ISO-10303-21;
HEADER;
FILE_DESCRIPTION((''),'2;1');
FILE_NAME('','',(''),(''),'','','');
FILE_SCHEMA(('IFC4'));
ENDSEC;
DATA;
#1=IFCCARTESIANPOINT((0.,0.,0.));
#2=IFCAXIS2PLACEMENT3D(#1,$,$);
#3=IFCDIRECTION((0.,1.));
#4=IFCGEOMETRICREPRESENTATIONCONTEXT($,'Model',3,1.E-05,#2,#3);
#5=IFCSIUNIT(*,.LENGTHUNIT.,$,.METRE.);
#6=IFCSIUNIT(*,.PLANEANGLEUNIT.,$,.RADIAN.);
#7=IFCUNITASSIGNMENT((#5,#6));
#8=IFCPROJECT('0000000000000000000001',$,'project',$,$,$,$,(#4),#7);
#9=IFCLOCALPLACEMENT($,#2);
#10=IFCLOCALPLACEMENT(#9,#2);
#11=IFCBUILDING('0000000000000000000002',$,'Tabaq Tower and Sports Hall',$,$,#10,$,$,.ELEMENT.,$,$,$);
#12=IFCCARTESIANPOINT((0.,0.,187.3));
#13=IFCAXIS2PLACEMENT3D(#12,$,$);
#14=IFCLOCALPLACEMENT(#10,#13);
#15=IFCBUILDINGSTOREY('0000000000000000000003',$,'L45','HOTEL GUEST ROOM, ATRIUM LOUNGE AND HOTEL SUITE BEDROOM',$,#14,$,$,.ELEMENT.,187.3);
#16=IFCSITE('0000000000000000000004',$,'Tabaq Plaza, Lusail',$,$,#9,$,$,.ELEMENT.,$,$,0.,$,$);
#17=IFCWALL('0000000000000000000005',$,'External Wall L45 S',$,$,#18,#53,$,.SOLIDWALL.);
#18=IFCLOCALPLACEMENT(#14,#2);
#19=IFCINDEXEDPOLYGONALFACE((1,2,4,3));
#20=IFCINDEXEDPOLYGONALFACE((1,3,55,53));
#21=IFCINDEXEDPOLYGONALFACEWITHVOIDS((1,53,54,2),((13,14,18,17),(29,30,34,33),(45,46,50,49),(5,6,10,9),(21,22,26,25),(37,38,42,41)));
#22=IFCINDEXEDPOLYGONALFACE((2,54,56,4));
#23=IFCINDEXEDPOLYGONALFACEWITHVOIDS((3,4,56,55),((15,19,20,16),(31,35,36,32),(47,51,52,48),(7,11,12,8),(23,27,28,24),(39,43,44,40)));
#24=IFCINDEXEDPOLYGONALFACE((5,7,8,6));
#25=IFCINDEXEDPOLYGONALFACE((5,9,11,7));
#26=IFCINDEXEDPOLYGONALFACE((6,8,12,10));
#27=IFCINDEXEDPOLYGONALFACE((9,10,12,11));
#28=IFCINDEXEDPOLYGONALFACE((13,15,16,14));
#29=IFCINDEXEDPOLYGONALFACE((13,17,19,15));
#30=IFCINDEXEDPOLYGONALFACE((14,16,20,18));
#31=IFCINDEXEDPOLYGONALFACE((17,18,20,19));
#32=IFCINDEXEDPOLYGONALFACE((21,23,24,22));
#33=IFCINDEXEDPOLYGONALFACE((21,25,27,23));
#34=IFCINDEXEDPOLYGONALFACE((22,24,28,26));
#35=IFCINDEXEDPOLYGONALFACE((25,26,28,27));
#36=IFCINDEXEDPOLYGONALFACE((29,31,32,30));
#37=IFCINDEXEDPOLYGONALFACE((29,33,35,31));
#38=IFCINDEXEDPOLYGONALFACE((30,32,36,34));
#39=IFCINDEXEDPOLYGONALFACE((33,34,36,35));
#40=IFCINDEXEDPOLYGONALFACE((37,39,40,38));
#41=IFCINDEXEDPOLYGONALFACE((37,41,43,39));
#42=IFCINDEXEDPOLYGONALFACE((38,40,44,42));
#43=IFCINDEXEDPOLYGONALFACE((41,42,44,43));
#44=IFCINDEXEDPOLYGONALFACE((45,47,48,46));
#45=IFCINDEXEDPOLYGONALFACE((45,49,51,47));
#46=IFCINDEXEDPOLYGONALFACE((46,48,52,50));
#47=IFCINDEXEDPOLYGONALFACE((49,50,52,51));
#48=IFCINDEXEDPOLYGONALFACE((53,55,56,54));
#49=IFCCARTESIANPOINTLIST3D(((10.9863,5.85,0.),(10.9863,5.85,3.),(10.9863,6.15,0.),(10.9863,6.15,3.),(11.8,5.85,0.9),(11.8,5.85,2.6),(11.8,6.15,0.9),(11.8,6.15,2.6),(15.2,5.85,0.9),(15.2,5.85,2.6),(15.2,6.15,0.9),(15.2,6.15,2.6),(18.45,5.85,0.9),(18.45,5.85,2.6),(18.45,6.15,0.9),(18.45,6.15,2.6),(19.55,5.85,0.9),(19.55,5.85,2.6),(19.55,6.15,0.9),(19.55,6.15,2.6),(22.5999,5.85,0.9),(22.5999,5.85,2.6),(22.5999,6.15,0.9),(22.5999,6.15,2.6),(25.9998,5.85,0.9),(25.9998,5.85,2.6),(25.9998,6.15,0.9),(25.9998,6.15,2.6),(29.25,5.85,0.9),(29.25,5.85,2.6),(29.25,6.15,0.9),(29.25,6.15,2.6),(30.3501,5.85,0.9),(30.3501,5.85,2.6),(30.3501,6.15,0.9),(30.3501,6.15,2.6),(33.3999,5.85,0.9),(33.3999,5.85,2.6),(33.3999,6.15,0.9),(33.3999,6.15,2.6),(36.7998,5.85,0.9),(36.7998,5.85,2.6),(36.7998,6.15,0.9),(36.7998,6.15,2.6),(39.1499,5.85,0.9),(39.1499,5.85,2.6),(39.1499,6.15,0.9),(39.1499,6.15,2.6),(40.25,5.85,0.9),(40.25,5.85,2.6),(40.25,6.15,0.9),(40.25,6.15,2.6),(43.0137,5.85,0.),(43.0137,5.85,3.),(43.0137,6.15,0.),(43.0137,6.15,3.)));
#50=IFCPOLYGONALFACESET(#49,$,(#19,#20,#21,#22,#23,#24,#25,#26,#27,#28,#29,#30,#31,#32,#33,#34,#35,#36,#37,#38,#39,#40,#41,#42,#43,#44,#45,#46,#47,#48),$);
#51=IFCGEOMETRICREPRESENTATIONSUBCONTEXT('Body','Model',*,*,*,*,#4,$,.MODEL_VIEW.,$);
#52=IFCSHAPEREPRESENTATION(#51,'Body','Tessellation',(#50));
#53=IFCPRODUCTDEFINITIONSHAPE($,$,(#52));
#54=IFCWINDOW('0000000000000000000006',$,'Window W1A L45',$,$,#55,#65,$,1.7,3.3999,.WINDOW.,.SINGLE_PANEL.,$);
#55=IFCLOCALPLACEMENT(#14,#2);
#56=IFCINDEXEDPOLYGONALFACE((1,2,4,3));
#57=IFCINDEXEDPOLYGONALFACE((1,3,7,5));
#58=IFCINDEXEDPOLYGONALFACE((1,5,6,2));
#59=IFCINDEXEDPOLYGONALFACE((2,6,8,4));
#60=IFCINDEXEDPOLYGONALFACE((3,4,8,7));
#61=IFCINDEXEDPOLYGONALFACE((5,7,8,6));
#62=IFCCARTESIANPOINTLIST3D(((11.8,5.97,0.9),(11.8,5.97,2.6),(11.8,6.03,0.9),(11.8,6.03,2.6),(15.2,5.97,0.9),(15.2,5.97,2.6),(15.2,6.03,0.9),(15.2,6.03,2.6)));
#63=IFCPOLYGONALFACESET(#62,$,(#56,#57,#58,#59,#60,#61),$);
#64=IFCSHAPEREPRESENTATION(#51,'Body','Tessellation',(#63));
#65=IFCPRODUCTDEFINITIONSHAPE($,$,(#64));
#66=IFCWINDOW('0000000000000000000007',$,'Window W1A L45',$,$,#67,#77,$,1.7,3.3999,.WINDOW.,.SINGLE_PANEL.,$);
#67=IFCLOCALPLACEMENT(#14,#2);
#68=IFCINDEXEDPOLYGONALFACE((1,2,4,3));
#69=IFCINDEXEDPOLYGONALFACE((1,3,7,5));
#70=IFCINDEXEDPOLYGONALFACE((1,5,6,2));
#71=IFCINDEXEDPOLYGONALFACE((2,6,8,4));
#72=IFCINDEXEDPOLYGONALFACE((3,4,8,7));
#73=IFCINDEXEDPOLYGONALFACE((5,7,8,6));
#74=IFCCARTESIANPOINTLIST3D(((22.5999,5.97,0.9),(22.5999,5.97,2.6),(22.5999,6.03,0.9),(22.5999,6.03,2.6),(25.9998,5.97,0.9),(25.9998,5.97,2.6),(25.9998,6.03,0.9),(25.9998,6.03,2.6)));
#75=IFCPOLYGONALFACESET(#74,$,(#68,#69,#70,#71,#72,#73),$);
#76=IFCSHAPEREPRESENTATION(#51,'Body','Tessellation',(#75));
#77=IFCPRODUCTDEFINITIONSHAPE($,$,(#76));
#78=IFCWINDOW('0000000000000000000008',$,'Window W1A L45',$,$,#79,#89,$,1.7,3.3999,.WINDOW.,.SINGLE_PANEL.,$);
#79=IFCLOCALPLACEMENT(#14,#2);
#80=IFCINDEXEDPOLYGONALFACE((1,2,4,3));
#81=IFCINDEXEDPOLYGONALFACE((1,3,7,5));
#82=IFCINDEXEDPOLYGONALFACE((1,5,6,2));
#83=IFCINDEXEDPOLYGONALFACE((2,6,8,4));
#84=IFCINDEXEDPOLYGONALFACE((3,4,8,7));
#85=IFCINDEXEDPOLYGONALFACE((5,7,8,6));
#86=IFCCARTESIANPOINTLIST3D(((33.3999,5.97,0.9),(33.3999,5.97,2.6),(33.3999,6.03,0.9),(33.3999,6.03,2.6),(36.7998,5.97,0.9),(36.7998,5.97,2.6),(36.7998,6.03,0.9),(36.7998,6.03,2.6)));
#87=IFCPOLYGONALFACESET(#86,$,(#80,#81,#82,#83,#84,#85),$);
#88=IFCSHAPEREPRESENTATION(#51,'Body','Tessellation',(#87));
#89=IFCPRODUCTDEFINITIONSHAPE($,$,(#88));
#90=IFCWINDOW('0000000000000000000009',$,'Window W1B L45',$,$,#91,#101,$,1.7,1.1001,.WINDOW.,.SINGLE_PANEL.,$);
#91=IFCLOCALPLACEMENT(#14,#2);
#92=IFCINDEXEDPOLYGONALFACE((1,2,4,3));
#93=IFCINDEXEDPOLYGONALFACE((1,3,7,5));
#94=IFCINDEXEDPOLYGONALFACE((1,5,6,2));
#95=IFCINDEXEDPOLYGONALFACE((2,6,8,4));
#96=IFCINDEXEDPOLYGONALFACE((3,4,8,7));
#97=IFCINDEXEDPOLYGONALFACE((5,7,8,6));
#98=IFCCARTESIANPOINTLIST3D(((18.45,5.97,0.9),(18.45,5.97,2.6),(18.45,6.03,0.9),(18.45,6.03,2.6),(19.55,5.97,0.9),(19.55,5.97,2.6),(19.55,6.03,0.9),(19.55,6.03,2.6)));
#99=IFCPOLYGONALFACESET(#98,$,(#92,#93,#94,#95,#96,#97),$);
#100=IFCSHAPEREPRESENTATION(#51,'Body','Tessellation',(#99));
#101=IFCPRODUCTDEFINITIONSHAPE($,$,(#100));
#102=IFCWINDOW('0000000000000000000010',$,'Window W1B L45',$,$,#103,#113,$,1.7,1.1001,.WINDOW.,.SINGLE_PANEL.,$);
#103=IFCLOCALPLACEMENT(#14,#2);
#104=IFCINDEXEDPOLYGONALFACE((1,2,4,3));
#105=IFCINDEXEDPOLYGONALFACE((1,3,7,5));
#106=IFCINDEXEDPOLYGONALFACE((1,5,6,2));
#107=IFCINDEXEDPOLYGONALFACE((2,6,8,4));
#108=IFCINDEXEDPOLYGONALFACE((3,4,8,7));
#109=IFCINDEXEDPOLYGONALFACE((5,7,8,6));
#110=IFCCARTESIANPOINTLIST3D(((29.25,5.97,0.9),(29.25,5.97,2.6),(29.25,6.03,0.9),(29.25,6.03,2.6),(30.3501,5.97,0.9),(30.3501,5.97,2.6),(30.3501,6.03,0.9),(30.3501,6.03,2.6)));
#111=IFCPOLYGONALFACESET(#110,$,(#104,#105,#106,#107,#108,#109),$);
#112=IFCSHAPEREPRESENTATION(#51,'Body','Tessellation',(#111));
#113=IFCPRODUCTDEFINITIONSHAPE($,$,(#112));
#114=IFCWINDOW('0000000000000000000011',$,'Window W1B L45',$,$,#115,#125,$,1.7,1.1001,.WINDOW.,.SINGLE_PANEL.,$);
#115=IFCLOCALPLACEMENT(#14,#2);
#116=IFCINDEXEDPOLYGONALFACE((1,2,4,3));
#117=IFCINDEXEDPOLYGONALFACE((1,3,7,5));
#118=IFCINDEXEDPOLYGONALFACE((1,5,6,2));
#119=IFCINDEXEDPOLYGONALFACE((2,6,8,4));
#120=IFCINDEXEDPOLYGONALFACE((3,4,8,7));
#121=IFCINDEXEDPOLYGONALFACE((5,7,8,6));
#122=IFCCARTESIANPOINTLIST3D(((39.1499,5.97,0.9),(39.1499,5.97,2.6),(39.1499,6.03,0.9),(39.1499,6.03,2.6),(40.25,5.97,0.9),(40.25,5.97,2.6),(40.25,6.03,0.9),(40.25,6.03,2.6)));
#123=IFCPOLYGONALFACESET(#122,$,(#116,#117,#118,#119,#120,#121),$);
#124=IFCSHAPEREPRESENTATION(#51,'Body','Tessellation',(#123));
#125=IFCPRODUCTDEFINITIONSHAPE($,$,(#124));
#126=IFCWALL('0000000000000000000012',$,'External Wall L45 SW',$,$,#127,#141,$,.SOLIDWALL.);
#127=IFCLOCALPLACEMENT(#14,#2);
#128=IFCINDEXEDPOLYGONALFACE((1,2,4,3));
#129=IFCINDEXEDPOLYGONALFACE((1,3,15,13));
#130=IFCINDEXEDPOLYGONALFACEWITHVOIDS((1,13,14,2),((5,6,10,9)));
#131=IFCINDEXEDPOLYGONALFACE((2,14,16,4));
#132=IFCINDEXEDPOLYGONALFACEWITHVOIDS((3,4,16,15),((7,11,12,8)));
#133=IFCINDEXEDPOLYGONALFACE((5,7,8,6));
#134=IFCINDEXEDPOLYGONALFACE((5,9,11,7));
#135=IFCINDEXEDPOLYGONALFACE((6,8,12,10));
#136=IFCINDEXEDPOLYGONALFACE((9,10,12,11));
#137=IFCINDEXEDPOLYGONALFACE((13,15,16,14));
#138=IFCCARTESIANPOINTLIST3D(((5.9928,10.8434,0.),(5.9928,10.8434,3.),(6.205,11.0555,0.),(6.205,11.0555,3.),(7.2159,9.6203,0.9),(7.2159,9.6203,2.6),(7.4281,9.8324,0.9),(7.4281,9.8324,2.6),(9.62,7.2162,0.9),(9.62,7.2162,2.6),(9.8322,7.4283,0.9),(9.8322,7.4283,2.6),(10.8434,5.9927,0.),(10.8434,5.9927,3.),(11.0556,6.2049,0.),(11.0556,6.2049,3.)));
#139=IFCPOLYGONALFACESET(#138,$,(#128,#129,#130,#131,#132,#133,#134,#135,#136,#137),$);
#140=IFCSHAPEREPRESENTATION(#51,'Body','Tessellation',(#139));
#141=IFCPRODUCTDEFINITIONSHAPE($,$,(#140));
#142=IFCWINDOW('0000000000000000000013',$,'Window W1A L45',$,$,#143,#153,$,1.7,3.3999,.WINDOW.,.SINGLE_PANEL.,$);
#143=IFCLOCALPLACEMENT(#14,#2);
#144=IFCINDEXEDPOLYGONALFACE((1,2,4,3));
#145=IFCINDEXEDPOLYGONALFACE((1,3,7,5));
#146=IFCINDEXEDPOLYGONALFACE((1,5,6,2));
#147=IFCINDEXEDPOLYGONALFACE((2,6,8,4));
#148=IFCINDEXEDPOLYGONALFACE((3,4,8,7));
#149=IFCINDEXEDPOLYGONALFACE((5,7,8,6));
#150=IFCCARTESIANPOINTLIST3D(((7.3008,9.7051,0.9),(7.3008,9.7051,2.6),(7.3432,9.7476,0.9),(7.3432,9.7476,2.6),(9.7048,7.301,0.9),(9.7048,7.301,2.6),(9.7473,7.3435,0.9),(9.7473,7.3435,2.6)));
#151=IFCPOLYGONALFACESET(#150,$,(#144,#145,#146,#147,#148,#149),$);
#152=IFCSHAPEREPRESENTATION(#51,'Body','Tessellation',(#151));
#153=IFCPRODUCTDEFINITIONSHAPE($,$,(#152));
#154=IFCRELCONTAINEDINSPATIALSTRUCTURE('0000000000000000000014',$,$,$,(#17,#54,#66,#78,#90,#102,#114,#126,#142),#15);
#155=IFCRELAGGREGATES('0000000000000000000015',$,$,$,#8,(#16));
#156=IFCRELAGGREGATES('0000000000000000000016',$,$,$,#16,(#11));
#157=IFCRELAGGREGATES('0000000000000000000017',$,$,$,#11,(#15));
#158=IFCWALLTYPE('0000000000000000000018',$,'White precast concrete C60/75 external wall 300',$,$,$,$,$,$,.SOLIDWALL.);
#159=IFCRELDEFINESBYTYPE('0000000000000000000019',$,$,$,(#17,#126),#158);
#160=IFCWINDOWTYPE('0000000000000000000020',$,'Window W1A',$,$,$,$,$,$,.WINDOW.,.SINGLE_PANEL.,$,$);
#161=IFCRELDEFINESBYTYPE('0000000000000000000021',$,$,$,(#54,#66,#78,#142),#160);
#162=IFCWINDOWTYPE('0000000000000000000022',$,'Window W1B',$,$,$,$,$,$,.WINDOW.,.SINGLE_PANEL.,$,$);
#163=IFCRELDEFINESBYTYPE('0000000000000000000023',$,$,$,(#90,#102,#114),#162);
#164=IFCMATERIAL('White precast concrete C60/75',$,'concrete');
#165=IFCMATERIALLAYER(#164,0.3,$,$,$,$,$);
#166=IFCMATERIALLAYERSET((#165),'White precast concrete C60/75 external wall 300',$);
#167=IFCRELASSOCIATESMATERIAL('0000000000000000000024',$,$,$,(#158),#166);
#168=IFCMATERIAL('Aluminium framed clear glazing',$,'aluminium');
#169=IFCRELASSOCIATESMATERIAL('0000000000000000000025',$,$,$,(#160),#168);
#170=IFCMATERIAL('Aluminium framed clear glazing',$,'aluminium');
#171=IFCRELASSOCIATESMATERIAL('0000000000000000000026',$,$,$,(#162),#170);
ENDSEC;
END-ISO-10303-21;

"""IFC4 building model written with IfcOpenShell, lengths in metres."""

from ifc_helpers import new_model, si_unit, direction, frame, frame_2d, origin, place, context, subcontext, project, spatial, rectangle, extrude, material, layer, layer_set, type_object, element, fill, save


model = new_model("IFC4")

# Units and contexts
model_context = context("Model", 3, precision=1e-05, world=origin(), true_north=direction((0.0, 1.0)))
body_context = subcontext(model_context, "Body", "Model", "MODEL_VIEW")
ifc_project = project(units=[si_unit("LENGTHUNIT", "METRE"), si_unit("PLANEANGLEUNIT", "RADIAN")], contexts=[model_context])

# Site, building, storey
site_placement = place(None, origin())
site = spatial("IfcSite", under=ifc_project, at=site_placement, Name="Tabaq Plaza, Lusail", CompositionType="ELEMENT", RefElevation=0.0)
building_placement = place(site_placement, origin())
building = spatial("IfcBuilding", under=site, at=building_placement, Name="Tabaq Tower and Sports Hall", CompositionType="ELEMENT")
storey_placement = place(building_placement, frame((0.0, 0.0, 187.3)))
storey = spatial("IfcBuildingStorey", under=building, at=storey_placement, Name="L45", Description="HOTEL GUEST ROOM, ATRIUM LOUNGE AND HOTEL SUITE BEDROOM", CompositionType="ELEMENT", Elevation=187.3)

# Wall, openings, windows
ifc_material_1 = material(Name="White precast concrete C60/75", Category="concrete")
ifc_layer_1 = layer(ifc_material_1, 0.3)
ifc_layer_set_1 = layer_set([ifc_layer_1], Name="White precast concrete C60/75 external wall 300")
wall_type_1 = type_object("IfcWallType", Name="White precast concrete C60/75 external wall 300", PredefinedType="SOLIDWALL", material=ifc_layer_set_1)
wall_1_placement = place(storey_placement, frame((10.9863, 6.0, 0.0), z_axis=(0.0, 0.0, 1.0), x_axis=(1.0, 0.0, 0.0)))
wall_1 = element("IfcWall", 1, at=wall_1_placement, inside=storey, type_object=wall_type_1, Name="External Wall L45 S", PredefinedType="SOLIDWALL", context=body_context, shape_type="SweptSolid", body=[
    extrude(rectangle(XDim=32.0273, YDim=0.3, at=frame_2d((16.0137, 0.0))), origin(), (0.0, 0.0, 1.0), 3.0),
])
opening_1_placement = place(wall_1_placement, frame((0.8137, 0.0, 0.8999)))
opening_1 = element("IfcOpeningElement", 2, at=opening_1_placement, cuts=wall_1, PredefinedType="OPENING", context=body_context, shape_type="SweptSolid", body=[
    extrude(rectangle(XDim=3.3999, YDim=1.7, at=frame_2d((1.7, 0.8501))), frame((0.0, 0.1602, 0.0), z_axis=(0.0, -1.0, 0.0), x_axis=(1.0, 0.0, 0.0)), (0.0, 0.0, 1.0), 0.3201),
])
opening_2_placement = place(wall_1_placement, frame((7.4636, 0.0, 0.8999)))
opening_2 = element("IfcOpeningElement", 3, at=opening_2_placement, cuts=wall_1, PredefinedType="OPENING", context=body_context, shape_type="SweptSolid", body=[
    extrude(rectangle(XDim=1.1001, YDim=1.7, at=frame_2d((0.55, 0.8501))), frame((0.0, 0.1602, 0.0), z_axis=(0.0, -1.0, 0.0), x_axis=(1.0, 0.0, 0.0)), (0.0, 0.0, 1.0), 0.3201),
])
opening_3_placement = place(wall_1_placement, frame((11.6135, 0.0, 0.8999)))
opening_3 = element("IfcOpeningElement", 4, at=opening_3_placement, cuts=wall_1, PredefinedType="OPENING", context=body_context, shape_type="SweptSolid", body=[
    extrude(rectangle(XDim=3.3999, YDim=1.7, at=frame_2d((1.7, 0.8501))), frame((0.0, 0.1602, 0.0), z_axis=(0.0, -1.0, 0.0), x_axis=(1.0, 0.0, 0.0)), (0.0, 0.0, 1.0), 0.3201),
])
opening_4_placement = place(wall_1_placement, frame((18.2637, 0.0, 0.8999)))
opening_4 = element("IfcOpeningElement", 5, at=opening_4_placement, cuts=wall_1, PredefinedType="OPENING", context=body_context, shape_type="SweptSolid", body=[
    extrude(rectangle(XDim=1.1001, YDim=1.7, at=frame_2d((0.55, 0.8501))), frame((0.0, 0.1602, 0.0), z_axis=(0.0, -1.0, 0.0), x_axis=(1.0, 0.0, 0.0)), (0.0, 0.0, 1.0), 0.3201),
])
opening_5_placement = place(wall_1_placement, frame((22.4136, 0.0, 0.8999)))
opening_5 = element("IfcOpeningElement", 6, at=opening_5_placement, cuts=wall_1, PredefinedType="OPENING", context=body_context, shape_type="SweptSolid", body=[
    extrude(rectangle(XDim=3.3999, YDim=1.7, at=frame_2d((1.7, 0.8501))), frame((0.0, 0.1602, 0.0), z_axis=(0.0, -1.0, 0.0), x_axis=(1.0, 0.0, 0.0)), (0.0, 0.0, 1.0), 0.3201),
])
opening_6_placement = place(wall_1_placement, frame((28.1636, 0.0, 0.8999)))
opening_6 = element("IfcOpeningElement", 7, at=opening_6_placement, cuts=wall_1, PredefinedType="OPENING", context=body_context, shape_type="SweptSolid", body=[
    extrude(rectangle(XDim=1.1001, YDim=1.7, at=frame_2d((0.55, 0.8501))), frame((0.0, 0.1602, 0.0), z_axis=(0.0, -1.0, 0.0), x_axis=(1.0, 0.0, 0.0)), (0.0, 0.0, 1.0), 0.3201),
])
ifc_material_2 = material(Name="Aluminium framed clear glazing", Category="aluminium")
window_type_1 = type_object("IfcWindowType", Name="Window W1A", PartitioningType="SINGLE_PANEL", PredefinedType="WINDOW", material=ifc_material_2)
window_1_placement = place(opening_1_placement, origin())
window_1 = element("IfcWindow", 8, at=window_1_placement, inside=storey, type_object=window_type_1, Name="Window W1A L45", OverallHeight=1.7, OverallWidth=3.3999, PartitioningType="SINGLE_PANEL", PredefinedType="WINDOW", context=body_context, shape_type="SweptSolid", body=[
    extrude(rectangle(XDim=3.3999, YDim=1.7, at=frame_2d((1.7, 0.8501))), frame((0.0, 0.03, 0.0), z_axis=(0.0, -1.0, 0.0), x_axis=(1.0, 0.0, 0.0)), (0.0, 0.0, 1.0), 0.0601),
])
fill(opening_1, window_1)
window_2_placement = place(opening_3_placement, origin())
window_2 = element("IfcWindow", 9, at=window_2_placement, inside=storey, type_object=window_type_1, Name="Window W1A L45", OverallHeight=1.7, OverallWidth=3.3999, PartitioningType="SINGLE_PANEL", PredefinedType="WINDOW", context=body_context, shape_type="SweptSolid", body=[
    extrude(rectangle(XDim=3.3999, YDim=1.7, at=frame_2d((1.7, 0.8501))), frame((0.0, 0.03, 0.0), z_axis=(0.0, -1.0, 0.0), x_axis=(1.0, 0.0, 0.0)), (0.0, 0.0, 1.0), 0.0601),
])
fill(opening_3, window_2)
window_3_placement = place(opening_5_placement, origin())
window_3 = element("IfcWindow", 10, at=window_3_placement, inside=storey, type_object=window_type_1, Name="Window W1A L45", OverallHeight=1.7, OverallWidth=3.3999, PartitioningType="SINGLE_PANEL", PredefinedType="WINDOW", context=body_context, shape_type="SweptSolid", body=[
    extrude(rectangle(XDim=3.3999, YDim=1.7, at=frame_2d((1.7, 0.8501))), frame((0.0, 0.03, 0.0), z_axis=(0.0, -1.0, 0.0), x_axis=(1.0, 0.0, 0.0)), (0.0, 0.0, 1.0), 0.0601),
])
fill(opening_5, window_3)
ifc_material_3 = material(Name="Aluminium framed clear glazing", Category="aluminium")
window_type_2 = type_object("IfcWindowType", Name="Window W1B", PartitioningType="SINGLE_PANEL", PredefinedType="WINDOW", material=ifc_material_3)
window_4_placement = place(opening_2_placement, origin())
window_4 = element("IfcWindow", 11, at=window_4_placement, inside=storey, type_object=window_type_2, Name="Window W1B L45", OverallHeight=1.7, OverallWidth=1.1001, PartitioningType="SINGLE_PANEL", PredefinedType="WINDOW", context=body_context, shape_type="SweptSolid", body=[
    extrude(rectangle(XDim=1.1001, YDim=1.7, at=frame_2d((0.55, 0.8501))), frame((0.0, 0.03, 0.0), z_axis=(0.0, -1.0, 0.0), x_axis=(1.0, 0.0, 0.0)), (0.0, 0.0, 1.0), 0.0601),
])
fill(opening_2, window_4)
window_5_placement = place(opening_4_placement, origin())
window_5 = element("IfcWindow", 12, at=window_5_placement, inside=storey, type_object=window_type_2, Name="Window W1B L45", OverallHeight=1.7, OverallWidth=1.1001, PartitioningType="SINGLE_PANEL", PredefinedType="WINDOW", context=body_context, shape_type="SweptSolid", body=[
    extrude(rectangle(XDim=1.1001, YDim=1.7, at=frame_2d((0.55, 0.8501))), frame((0.0, 0.03, 0.0), z_axis=(0.0, -1.0, 0.0), x_axis=(1.0, 0.0, 0.0)), (0.0, 0.0, 1.0), 0.0601),
])
fill(opening_4, window_5)
window_6_placement = place(opening_6_placement, origin())
window_6 = element("IfcWindow", 13, at=window_6_placement, inside=storey, type_object=window_type_2, Name="Window W1B L45", OverallHeight=1.7, OverallWidth=1.1001, PartitioningType="SINGLE_PANEL", PredefinedType="WINDOW", context=body_context, shape_type="SweptSolid", body=[
    extrude(rectangle(XDim=1.1001, YDim=1.7, at=frame_2d((0.55, 0.8501))), frame((0.0, 0.03, 0.0), z_axis=(0.0, -1.0, 0.0), x_axis=(1.0, 0.0, 0.0)), (0.0, 0.0, 1.0), 0.0601),
])
fill(opening_6, window_6)

# Wall, opening, window
wall_2_placement = place(storey_placement, frame((6.0989, 10.9495, 0.0), z_axis=(0.0, 0.0, 1.0), x_axis=(0.707107, -0.707107, 0.0)))
wall_2 = element("IfcWall", 14, at=wall_2_placement, inside=storey, type_object=wall_type_1, Name="External Wall L45 SW", PredefinedType="SOLIDWALL", context=body_context, shape_type="SweptSolid", body=[
    extrude(rectangle(XDim=6.8599, YDim=0.3, at=frame_2d((3.4299, 0.0))), origin(), (0.0, 0.0, 1.0), 3.0),
])
opening_7_placement = place(wall_2_placement, frame((1.7297, 0.0, 0.8999)))
opening_7 = element("IfcOpeningElement", 15, at=opening_7_placement, cuts=wall_2, PredefinedType="OPENING", context=body_context, shape_type="SweptSolid", body=[
    extrude(rectangle(XDim=3.3999, YDim=1.7, at=frame_2d((1.7, 0.8501))), frame((0.0, 0.1602, 0.0), z_axis=(0.0, -1.0, 0.0), x_axis=(1.0, 0.0, 0.0)), (0.0, 0.0, 1.0), 0.3201),
])
window_7_placement = place(opening_7_placement, origin())
window_7 = element("IfcWindow", 16, at=window_7_placement, inside=storey, type_object=window_type_1, Name="Window W1A L45", OverallHeight=1.7, OverallWidth=3.3999, PartitioningType="SINGLE_PANEL", PredefinedType="WINDOW", context=body_context, shape_type="SweptSolid", body=[
    extrude(rectangle(XDim=3.3999, YDim=1.7, at=frame_2d((1.7, 0.8501))), frame((0.0, 0.03, 0.0), z_axis=(0.0, -1.0, 0.0), x_axis=(1.0, 0.0, 0.0)), (0.0, 0.0, 1.0), 0.0601),
])
fill(opening_7, window_7)

save(model, "model.ifc")
